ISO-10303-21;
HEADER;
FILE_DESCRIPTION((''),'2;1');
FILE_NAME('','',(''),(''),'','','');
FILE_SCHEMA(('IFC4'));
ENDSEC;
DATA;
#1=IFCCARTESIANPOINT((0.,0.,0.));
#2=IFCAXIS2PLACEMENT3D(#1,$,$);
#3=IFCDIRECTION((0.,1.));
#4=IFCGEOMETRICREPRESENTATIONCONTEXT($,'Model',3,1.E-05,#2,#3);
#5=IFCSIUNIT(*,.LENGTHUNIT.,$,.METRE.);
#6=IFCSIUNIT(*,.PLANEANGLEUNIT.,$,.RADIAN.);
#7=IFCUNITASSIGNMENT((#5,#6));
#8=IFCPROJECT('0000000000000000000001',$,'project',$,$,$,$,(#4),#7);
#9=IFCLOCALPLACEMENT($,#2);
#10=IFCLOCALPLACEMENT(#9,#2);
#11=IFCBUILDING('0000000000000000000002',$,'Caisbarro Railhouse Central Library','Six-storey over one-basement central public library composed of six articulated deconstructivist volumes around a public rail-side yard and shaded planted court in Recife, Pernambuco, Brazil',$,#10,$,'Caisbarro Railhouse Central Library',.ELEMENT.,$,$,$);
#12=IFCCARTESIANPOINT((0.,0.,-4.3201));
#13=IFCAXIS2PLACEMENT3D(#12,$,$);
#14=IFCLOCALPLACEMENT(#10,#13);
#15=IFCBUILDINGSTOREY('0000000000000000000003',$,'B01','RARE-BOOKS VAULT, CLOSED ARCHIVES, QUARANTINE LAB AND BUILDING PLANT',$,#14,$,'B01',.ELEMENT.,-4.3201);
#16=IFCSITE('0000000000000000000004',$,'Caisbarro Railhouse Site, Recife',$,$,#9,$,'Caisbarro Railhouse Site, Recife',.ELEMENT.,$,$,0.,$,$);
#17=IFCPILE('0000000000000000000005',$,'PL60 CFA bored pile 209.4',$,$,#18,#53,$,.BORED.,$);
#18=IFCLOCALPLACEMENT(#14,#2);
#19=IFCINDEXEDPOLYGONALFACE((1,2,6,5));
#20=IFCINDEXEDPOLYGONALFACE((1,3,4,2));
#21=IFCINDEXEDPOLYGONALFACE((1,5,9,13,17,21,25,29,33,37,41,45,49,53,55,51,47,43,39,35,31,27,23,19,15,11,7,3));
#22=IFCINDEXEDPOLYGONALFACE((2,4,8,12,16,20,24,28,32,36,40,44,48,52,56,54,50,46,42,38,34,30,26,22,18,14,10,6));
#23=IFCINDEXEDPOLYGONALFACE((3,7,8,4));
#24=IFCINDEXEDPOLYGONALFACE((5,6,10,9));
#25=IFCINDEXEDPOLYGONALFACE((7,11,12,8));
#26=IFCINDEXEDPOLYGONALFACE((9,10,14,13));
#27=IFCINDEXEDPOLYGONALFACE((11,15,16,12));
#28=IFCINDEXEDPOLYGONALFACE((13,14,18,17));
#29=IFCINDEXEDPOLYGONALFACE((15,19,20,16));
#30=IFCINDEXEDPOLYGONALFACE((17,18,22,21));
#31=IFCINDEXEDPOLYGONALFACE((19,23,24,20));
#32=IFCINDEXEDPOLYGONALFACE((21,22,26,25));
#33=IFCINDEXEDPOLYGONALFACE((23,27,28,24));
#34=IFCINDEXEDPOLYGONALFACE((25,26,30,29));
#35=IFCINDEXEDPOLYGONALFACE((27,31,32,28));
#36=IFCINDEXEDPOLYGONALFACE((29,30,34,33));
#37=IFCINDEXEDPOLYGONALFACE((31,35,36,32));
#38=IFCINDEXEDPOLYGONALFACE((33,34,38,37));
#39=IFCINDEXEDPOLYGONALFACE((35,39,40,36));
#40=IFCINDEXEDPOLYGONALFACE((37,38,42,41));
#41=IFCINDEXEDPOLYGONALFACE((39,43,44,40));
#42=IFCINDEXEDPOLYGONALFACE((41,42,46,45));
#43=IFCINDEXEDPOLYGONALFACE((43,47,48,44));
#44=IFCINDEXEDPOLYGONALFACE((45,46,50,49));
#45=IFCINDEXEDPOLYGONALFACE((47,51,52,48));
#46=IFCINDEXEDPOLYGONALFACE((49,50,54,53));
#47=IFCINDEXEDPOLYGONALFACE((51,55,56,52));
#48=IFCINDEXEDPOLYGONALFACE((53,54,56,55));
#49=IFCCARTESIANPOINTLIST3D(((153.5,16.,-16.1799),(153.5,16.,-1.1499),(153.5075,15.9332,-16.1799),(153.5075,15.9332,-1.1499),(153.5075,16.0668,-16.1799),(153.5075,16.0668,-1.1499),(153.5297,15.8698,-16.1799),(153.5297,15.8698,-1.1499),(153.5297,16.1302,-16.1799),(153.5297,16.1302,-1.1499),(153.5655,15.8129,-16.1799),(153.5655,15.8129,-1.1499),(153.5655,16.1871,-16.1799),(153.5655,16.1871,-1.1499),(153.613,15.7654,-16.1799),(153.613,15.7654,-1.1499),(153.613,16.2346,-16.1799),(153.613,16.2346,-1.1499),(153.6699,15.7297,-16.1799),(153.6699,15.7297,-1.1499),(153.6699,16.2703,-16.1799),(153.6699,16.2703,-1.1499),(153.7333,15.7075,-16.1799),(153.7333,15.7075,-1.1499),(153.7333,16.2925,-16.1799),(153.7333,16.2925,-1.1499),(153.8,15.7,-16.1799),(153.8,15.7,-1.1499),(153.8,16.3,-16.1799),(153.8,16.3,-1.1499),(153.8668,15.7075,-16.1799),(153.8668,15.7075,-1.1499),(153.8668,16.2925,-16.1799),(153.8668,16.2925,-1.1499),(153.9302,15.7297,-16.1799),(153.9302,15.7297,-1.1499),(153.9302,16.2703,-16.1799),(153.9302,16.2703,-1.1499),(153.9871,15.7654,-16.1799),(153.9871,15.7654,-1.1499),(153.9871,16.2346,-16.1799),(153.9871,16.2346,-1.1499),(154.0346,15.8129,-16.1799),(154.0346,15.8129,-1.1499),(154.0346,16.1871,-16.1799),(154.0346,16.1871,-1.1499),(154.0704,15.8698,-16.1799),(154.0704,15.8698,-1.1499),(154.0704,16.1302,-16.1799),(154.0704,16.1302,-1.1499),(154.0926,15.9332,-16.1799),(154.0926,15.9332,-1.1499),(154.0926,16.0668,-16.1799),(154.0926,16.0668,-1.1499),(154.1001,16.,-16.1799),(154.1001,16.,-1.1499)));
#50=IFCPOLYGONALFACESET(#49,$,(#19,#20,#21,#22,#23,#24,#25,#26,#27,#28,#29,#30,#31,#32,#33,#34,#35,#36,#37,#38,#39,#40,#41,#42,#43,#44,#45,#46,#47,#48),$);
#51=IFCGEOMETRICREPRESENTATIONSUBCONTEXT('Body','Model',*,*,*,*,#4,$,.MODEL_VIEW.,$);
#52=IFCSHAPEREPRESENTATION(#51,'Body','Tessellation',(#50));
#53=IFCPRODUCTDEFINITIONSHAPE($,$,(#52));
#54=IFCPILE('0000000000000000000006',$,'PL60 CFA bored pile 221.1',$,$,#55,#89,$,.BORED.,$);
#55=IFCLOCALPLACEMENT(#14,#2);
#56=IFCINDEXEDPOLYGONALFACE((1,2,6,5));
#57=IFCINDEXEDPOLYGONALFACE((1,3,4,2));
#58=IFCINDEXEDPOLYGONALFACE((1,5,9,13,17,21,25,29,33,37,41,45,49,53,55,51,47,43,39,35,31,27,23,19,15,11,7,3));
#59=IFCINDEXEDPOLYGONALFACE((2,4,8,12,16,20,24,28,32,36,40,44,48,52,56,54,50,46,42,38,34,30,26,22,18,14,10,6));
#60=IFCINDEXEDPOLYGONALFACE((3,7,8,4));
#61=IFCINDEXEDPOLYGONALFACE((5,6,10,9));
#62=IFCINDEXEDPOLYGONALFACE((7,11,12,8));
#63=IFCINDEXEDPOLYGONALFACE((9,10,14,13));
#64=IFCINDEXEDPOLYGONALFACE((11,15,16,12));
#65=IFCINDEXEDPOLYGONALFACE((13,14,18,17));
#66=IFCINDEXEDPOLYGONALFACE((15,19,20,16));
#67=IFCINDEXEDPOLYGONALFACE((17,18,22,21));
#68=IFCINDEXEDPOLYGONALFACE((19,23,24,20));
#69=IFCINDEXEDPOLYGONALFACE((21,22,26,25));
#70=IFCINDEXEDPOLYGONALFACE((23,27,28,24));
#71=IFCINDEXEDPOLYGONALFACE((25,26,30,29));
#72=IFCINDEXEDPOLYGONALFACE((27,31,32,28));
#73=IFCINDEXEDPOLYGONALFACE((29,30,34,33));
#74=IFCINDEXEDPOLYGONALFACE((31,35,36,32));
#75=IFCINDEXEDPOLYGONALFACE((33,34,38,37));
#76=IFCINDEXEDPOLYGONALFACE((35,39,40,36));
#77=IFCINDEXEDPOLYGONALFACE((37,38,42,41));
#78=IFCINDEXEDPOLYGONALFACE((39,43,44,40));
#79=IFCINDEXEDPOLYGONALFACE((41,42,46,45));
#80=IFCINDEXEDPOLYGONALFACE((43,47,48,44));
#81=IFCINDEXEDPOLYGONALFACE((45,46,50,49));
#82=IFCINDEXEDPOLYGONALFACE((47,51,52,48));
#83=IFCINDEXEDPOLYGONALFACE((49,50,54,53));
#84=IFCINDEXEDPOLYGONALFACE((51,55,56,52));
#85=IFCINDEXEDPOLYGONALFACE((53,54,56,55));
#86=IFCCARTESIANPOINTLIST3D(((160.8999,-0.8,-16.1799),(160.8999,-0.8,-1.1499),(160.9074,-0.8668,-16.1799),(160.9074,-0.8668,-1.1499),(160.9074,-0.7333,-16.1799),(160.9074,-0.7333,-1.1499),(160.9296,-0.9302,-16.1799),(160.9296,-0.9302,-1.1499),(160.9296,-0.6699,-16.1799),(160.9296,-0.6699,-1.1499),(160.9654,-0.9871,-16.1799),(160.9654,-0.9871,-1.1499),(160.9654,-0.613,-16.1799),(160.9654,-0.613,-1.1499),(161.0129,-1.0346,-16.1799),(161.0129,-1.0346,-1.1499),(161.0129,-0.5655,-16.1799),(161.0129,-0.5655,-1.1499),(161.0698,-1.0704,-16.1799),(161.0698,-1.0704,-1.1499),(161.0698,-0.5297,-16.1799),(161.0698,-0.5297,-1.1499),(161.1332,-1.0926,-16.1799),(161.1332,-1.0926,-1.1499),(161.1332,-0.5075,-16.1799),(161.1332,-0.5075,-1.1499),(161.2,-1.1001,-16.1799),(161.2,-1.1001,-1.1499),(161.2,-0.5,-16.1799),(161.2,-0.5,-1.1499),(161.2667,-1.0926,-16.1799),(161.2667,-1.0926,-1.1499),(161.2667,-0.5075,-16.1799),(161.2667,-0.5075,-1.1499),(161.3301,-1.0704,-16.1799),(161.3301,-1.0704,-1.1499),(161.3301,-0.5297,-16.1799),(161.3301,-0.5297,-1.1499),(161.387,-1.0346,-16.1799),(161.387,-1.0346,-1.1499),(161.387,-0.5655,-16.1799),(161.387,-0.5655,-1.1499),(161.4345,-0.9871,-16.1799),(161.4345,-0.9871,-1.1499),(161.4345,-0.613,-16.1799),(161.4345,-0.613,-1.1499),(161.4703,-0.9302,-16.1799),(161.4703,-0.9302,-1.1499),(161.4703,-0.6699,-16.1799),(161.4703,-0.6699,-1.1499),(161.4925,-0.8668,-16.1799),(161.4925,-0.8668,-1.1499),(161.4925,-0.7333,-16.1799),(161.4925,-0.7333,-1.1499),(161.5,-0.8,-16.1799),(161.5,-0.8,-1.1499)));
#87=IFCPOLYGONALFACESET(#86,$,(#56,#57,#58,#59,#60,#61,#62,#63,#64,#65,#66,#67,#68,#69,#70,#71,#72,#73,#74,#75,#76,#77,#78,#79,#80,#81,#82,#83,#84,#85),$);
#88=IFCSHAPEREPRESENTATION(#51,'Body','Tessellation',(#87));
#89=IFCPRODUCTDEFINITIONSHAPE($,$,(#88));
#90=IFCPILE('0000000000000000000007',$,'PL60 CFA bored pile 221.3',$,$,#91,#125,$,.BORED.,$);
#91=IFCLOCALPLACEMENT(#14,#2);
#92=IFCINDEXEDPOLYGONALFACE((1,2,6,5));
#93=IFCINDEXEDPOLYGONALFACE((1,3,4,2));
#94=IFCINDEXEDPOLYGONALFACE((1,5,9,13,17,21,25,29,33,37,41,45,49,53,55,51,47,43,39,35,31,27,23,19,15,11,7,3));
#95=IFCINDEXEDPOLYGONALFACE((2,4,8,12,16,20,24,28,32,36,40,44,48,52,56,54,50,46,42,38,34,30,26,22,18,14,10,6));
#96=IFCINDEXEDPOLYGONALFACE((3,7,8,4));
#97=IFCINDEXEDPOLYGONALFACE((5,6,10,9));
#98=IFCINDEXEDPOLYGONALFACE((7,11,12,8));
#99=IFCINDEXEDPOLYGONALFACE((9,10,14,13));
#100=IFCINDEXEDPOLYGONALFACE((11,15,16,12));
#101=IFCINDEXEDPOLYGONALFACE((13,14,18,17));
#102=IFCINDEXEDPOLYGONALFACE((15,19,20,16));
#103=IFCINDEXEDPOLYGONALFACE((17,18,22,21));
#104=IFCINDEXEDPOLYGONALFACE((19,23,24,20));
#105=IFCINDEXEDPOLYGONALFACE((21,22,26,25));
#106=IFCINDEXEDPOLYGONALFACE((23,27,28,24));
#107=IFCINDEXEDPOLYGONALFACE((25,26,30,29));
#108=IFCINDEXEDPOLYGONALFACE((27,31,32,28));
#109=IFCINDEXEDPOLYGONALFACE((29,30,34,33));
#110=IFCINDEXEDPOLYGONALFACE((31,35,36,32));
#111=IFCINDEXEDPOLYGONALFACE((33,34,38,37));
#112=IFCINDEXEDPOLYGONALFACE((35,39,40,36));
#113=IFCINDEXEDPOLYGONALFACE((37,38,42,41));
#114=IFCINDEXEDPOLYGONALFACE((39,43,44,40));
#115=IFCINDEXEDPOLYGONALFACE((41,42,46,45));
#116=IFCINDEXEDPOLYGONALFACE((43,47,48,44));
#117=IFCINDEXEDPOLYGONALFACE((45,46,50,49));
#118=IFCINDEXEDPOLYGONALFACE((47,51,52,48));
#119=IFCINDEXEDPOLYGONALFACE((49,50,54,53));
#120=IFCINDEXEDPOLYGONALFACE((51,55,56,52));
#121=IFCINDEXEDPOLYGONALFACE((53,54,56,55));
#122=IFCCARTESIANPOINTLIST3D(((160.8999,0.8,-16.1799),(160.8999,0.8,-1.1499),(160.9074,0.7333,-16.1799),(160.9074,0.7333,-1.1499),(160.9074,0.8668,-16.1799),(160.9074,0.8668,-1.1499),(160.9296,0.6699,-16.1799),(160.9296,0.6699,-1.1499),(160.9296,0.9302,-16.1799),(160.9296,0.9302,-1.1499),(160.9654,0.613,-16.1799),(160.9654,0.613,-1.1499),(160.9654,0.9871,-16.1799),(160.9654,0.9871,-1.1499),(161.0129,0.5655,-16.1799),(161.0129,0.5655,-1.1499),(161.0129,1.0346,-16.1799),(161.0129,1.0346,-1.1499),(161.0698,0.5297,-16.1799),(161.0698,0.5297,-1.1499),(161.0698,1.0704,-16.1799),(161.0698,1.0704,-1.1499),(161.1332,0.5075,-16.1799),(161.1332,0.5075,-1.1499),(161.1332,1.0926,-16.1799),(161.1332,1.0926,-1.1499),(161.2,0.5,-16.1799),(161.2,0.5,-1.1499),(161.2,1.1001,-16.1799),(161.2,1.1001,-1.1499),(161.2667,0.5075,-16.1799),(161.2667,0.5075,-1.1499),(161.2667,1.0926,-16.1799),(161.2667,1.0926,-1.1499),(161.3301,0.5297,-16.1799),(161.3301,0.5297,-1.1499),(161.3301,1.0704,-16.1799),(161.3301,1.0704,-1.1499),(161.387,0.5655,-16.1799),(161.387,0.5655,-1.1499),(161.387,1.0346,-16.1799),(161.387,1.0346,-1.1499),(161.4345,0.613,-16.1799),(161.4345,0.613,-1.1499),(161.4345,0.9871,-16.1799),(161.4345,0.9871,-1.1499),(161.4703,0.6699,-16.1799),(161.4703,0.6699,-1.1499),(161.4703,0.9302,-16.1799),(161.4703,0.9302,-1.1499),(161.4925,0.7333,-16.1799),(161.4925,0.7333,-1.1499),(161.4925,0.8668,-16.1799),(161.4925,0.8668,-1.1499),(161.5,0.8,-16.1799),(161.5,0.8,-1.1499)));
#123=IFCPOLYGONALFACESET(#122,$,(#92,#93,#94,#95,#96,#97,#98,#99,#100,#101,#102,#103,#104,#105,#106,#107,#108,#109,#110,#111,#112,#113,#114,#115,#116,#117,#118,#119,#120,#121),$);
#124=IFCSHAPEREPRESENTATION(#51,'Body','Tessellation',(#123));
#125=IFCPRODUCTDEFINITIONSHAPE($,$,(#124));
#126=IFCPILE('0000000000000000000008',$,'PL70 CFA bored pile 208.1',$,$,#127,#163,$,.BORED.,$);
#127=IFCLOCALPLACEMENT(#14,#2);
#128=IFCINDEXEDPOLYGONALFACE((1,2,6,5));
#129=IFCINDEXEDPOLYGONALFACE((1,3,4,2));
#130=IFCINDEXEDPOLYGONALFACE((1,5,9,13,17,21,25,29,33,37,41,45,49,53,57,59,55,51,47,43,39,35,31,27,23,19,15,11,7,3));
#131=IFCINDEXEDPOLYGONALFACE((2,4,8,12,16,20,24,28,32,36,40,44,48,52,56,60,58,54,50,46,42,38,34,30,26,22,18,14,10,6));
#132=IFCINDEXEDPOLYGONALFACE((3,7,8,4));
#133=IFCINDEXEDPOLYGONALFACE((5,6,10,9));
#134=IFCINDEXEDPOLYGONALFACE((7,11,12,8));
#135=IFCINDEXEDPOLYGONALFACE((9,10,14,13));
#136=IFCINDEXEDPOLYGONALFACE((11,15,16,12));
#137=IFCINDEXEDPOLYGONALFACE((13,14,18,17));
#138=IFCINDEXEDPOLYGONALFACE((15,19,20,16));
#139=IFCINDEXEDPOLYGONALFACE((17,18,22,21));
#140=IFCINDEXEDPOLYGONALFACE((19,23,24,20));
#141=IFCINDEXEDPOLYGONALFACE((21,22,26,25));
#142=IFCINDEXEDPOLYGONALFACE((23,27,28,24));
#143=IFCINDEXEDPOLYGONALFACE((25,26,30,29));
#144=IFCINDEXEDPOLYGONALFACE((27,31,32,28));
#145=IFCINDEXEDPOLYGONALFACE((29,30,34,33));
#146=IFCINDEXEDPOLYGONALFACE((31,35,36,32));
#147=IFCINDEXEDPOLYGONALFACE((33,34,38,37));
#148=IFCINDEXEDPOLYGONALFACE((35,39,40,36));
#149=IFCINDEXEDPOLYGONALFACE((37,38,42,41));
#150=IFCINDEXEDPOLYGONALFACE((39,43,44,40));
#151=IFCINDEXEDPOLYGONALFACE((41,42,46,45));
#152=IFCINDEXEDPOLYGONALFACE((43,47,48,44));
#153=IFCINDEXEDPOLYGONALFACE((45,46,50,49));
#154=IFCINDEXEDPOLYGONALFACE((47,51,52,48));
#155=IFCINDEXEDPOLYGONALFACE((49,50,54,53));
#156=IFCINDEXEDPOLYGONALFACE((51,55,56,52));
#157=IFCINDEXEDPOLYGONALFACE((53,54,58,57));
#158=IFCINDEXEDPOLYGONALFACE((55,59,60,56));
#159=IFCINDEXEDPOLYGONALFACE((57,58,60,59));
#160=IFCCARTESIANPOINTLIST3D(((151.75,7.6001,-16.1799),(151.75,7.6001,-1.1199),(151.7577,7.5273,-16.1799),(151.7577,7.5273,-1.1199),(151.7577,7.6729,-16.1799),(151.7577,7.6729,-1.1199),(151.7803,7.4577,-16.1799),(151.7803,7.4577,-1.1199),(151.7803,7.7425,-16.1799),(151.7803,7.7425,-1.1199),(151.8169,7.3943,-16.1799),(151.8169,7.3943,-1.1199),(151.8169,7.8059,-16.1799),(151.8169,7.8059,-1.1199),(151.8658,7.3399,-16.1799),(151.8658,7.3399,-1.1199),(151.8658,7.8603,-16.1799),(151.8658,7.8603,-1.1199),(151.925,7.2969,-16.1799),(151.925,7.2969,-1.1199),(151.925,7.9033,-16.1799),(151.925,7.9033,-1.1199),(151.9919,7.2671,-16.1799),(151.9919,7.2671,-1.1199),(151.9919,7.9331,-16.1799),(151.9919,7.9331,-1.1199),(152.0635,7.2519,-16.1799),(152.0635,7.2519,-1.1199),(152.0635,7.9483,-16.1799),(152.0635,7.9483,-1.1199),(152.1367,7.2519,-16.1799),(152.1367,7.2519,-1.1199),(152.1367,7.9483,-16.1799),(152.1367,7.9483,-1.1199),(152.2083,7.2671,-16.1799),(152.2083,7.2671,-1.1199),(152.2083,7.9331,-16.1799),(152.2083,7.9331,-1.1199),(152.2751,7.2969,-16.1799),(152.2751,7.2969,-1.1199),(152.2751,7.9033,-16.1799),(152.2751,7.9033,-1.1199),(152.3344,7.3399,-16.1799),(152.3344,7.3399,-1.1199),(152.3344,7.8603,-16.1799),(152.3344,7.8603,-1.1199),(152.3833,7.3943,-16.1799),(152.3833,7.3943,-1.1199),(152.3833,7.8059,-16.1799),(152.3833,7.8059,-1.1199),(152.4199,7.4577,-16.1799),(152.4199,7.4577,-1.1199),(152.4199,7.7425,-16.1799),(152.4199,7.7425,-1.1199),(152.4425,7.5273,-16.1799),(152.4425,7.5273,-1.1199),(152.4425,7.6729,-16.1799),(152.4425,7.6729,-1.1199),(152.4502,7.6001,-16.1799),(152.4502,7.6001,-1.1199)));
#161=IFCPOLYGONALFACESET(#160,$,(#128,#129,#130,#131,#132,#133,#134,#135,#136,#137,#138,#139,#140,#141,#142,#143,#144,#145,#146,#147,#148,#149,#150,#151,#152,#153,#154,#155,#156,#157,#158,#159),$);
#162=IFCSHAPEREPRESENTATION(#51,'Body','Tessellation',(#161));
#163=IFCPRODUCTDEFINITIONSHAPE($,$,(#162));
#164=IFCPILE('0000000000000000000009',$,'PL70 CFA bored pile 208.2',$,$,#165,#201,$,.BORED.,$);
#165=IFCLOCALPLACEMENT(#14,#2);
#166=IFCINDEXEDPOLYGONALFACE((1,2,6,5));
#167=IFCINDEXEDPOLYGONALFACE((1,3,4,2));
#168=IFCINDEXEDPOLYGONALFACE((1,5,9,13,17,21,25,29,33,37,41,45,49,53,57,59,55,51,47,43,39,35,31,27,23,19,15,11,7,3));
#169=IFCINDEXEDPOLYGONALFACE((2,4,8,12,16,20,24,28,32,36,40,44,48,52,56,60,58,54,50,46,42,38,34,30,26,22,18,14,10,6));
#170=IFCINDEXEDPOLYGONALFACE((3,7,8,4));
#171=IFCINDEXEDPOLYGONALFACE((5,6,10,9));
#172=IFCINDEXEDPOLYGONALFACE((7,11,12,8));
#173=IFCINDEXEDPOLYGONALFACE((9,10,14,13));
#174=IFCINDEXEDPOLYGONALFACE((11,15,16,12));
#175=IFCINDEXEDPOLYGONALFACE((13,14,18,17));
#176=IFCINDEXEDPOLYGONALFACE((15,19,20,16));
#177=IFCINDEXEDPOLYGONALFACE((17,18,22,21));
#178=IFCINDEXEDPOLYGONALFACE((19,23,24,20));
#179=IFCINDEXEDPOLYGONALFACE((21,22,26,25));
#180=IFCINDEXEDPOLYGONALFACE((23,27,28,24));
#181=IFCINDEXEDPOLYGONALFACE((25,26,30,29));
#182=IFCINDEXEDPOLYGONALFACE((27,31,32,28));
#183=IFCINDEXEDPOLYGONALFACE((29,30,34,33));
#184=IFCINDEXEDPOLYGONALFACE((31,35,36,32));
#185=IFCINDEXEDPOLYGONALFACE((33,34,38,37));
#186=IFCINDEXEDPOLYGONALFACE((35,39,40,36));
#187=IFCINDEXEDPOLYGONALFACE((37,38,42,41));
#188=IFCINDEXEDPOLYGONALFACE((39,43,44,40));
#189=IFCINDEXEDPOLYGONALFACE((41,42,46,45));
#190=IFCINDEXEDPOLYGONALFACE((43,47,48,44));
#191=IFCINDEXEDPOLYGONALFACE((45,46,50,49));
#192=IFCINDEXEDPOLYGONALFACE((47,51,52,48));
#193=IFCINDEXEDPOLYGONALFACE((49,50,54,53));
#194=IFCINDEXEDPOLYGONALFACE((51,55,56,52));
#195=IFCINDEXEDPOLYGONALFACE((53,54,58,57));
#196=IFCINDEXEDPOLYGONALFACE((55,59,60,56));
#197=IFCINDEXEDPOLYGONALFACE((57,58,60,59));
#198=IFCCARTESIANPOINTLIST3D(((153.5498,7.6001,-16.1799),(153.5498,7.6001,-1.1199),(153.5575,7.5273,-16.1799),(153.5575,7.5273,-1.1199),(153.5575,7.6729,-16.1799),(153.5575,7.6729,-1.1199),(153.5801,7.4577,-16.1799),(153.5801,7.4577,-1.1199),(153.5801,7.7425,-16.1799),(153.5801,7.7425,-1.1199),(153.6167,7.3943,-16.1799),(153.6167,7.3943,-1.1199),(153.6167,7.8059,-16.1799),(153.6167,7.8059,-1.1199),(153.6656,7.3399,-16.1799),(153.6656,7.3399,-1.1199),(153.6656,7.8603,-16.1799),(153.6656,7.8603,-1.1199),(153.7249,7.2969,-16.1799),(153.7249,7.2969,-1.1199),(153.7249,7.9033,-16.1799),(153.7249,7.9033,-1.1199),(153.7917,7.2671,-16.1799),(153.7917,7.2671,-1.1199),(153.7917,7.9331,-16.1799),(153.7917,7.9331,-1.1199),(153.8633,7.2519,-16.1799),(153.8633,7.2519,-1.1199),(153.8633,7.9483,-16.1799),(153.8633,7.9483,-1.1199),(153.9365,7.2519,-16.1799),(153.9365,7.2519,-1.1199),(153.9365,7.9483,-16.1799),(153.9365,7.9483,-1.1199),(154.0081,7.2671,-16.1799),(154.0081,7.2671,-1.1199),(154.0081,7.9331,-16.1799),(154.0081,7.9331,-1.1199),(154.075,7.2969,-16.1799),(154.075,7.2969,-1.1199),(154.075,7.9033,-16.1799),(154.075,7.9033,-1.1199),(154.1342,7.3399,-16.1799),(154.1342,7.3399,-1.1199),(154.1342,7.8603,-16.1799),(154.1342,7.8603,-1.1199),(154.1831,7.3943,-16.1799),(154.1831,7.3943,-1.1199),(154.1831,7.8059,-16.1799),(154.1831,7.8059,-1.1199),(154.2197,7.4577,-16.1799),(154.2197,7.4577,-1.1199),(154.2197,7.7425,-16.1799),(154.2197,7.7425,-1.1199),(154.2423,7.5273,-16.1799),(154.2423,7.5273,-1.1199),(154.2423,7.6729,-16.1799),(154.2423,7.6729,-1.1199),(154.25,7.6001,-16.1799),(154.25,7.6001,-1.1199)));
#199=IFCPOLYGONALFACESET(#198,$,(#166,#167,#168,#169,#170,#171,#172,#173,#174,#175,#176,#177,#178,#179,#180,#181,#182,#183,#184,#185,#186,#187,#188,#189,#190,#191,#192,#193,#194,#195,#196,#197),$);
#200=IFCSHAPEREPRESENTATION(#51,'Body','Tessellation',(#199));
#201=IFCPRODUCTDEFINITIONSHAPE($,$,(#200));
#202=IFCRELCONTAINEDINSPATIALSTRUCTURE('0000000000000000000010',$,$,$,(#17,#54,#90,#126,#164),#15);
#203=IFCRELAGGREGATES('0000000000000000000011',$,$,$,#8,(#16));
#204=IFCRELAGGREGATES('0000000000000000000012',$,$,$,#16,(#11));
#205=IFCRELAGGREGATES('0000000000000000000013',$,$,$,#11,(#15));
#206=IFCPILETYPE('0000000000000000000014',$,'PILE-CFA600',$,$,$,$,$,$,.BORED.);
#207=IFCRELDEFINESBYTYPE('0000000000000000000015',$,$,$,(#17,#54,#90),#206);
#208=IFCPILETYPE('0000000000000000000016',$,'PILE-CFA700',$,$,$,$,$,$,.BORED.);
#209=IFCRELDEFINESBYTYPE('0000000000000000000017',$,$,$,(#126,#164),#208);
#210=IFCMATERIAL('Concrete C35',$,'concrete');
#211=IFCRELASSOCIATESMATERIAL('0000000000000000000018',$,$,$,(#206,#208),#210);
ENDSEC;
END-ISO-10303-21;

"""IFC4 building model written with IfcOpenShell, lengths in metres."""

from ifc_helpers import new_model, si_unit, direction, frame, origin, origin_2d, place, context, subcontext, project, spatial, circle, extrude, material, material_profile, profile_set, type_object, element, save


model = new_model("IFC4")

# Units and contexts
model_context = context("Model", 3, precision=1e-05, world=origin(), true_north=direction((0.0, 1.0)))
body_context = subcontext(model_context, "Body", "Model", "MODEL_VIEW")
ifc_project = project(units=[si_unit("LENGTHUNIT", "METRE"), si_unit("PLANEANGLEUNIT", "RADIAN")], contexts=[model_context])

# Site, building, storey
site_placement = place(None, origin())
site = spatial("IfcSite", under=ifc_project, at=site_placement, Name="Caisbarro Railhouse Site, Recife", LongName="Caisbarro Railhouse Site, Recife", CompositionType="ELEMENT", RefElevation=0.0)
building_placement = place(site_placement, origin())
building = spatial("IfcBuilding", under=site, at=building_placement, Name="Caisbarro Railhouse Central Library", Description="Six-storey over one-basement central public library composed of six articulated deconstructivist volumes around a public rail-side yard and shaded planted court in Recife, Pernambuco, Brazil", LongName="Caisbarro Railhouse Central Library", CompositionType="ELEMENT")
storey_placement = place(building_placement, frame((0.0, 0.0, -4.3201)))
storey = spatial("IfcBuildingStorey", under=building, at=storey_placement, Name="B01", Description="RARE-BOOKS VAULT, CLOSED ARCHIVES, QUARANTINE LAB AND BUILDING PLANT", LongName="B01", CompositionType="ELEMENT", Elevation=-4.3201)

# Shared definitions
ifc_material_1 = material(Name="Concrete C35", Category="concrete")

# Piles
ifc_material_profile_1 = material_profile(ifc_material_1, circle(Radius=0.3, at=origin_2d()), Name="PILE-CFA-600")
ifc_profile_set_1 = profile_set([ifc_material_profile_1], Name="Concrete C35")
pile_type_1 = type_object("IfcPileType", Name="PILE-CFA600", PredefinedType="BORED", material=ifc_profile_set_1)
for number, where, z_axis, x_axis, name in (
    (1, (153.8, 16.0, -1.1499), (0.0, 0.0, -1.0), (1.0, 0.0, 0.0), "PL60 CFA bored pile 209.4"),
    (2, (161.2, -0.8, -1.1499), (0.0, 0.0, -1.0), (1.0, 0.0, 0.0), "PL60 CFA bored pile 221.1"),
    (3, (161.2, 0.8, -1.1499), (0.0, 0.0, -1.0), (1.0, 0.0, 0.0), "PL60 CFA bored pile 221.3"),
):
    element("IfcPile", number, at=place(storey_placement, frame(where, z_axis=z_axis, x_axis=x_axis)), inside=storey, type_object=pile_type_1, Name=name, PredefinedType="BORED", context=body_context, shape_type="SweptSolid", body=[
        extrude(circle(Radius=0.3, at=origin_2d()), origin(), (0.0, 0.0, 1.0), 15.03),
    ])
ifc_material_profile_2 = material_profile(ifc_material_1, circle(Radius=0.3501, at=origin_2d()), Name="PILE-CFA-700")
ifc_profile_set_2 = profile_set([ifc_material_profile_2], Name="Concrete C35")
pile_type_2 = type_object("IfcPileType", Name="PILE-CFA700", PredefinedType="BORED", material=ifc_profile_set_2)
for number, where, z_axis, x_axis, name in (
    (4, (152.1001, 7.6001, -1.1199), (0.0, 0.0, -1.0), (1.0, 0.0, 0.0), "PL70 CFA bored pile 208.1"),
    (5, (153.8999, 7.6001, -1.1199), (0.0, 0.0, -1.0), (1.0, 0.0, 0.0), "PL70 CFA bored pile 208.2"),
):
    element("IfcPile", number, at=place(storey_placement, frame(where, z_axis=z_axis, x_axis=x_axis)), inside=storey, type_object=pile_type_2, Name=name, PredefinedType="BORED", context=body_context, shape_type="SweptSolid", body=[
        extrude(circle(Radius=0.3501, at=origin_2d()), origin(), (0.0, 0.0, 1.0), 15.0601),
    ])

save(model, "model.ifc")
